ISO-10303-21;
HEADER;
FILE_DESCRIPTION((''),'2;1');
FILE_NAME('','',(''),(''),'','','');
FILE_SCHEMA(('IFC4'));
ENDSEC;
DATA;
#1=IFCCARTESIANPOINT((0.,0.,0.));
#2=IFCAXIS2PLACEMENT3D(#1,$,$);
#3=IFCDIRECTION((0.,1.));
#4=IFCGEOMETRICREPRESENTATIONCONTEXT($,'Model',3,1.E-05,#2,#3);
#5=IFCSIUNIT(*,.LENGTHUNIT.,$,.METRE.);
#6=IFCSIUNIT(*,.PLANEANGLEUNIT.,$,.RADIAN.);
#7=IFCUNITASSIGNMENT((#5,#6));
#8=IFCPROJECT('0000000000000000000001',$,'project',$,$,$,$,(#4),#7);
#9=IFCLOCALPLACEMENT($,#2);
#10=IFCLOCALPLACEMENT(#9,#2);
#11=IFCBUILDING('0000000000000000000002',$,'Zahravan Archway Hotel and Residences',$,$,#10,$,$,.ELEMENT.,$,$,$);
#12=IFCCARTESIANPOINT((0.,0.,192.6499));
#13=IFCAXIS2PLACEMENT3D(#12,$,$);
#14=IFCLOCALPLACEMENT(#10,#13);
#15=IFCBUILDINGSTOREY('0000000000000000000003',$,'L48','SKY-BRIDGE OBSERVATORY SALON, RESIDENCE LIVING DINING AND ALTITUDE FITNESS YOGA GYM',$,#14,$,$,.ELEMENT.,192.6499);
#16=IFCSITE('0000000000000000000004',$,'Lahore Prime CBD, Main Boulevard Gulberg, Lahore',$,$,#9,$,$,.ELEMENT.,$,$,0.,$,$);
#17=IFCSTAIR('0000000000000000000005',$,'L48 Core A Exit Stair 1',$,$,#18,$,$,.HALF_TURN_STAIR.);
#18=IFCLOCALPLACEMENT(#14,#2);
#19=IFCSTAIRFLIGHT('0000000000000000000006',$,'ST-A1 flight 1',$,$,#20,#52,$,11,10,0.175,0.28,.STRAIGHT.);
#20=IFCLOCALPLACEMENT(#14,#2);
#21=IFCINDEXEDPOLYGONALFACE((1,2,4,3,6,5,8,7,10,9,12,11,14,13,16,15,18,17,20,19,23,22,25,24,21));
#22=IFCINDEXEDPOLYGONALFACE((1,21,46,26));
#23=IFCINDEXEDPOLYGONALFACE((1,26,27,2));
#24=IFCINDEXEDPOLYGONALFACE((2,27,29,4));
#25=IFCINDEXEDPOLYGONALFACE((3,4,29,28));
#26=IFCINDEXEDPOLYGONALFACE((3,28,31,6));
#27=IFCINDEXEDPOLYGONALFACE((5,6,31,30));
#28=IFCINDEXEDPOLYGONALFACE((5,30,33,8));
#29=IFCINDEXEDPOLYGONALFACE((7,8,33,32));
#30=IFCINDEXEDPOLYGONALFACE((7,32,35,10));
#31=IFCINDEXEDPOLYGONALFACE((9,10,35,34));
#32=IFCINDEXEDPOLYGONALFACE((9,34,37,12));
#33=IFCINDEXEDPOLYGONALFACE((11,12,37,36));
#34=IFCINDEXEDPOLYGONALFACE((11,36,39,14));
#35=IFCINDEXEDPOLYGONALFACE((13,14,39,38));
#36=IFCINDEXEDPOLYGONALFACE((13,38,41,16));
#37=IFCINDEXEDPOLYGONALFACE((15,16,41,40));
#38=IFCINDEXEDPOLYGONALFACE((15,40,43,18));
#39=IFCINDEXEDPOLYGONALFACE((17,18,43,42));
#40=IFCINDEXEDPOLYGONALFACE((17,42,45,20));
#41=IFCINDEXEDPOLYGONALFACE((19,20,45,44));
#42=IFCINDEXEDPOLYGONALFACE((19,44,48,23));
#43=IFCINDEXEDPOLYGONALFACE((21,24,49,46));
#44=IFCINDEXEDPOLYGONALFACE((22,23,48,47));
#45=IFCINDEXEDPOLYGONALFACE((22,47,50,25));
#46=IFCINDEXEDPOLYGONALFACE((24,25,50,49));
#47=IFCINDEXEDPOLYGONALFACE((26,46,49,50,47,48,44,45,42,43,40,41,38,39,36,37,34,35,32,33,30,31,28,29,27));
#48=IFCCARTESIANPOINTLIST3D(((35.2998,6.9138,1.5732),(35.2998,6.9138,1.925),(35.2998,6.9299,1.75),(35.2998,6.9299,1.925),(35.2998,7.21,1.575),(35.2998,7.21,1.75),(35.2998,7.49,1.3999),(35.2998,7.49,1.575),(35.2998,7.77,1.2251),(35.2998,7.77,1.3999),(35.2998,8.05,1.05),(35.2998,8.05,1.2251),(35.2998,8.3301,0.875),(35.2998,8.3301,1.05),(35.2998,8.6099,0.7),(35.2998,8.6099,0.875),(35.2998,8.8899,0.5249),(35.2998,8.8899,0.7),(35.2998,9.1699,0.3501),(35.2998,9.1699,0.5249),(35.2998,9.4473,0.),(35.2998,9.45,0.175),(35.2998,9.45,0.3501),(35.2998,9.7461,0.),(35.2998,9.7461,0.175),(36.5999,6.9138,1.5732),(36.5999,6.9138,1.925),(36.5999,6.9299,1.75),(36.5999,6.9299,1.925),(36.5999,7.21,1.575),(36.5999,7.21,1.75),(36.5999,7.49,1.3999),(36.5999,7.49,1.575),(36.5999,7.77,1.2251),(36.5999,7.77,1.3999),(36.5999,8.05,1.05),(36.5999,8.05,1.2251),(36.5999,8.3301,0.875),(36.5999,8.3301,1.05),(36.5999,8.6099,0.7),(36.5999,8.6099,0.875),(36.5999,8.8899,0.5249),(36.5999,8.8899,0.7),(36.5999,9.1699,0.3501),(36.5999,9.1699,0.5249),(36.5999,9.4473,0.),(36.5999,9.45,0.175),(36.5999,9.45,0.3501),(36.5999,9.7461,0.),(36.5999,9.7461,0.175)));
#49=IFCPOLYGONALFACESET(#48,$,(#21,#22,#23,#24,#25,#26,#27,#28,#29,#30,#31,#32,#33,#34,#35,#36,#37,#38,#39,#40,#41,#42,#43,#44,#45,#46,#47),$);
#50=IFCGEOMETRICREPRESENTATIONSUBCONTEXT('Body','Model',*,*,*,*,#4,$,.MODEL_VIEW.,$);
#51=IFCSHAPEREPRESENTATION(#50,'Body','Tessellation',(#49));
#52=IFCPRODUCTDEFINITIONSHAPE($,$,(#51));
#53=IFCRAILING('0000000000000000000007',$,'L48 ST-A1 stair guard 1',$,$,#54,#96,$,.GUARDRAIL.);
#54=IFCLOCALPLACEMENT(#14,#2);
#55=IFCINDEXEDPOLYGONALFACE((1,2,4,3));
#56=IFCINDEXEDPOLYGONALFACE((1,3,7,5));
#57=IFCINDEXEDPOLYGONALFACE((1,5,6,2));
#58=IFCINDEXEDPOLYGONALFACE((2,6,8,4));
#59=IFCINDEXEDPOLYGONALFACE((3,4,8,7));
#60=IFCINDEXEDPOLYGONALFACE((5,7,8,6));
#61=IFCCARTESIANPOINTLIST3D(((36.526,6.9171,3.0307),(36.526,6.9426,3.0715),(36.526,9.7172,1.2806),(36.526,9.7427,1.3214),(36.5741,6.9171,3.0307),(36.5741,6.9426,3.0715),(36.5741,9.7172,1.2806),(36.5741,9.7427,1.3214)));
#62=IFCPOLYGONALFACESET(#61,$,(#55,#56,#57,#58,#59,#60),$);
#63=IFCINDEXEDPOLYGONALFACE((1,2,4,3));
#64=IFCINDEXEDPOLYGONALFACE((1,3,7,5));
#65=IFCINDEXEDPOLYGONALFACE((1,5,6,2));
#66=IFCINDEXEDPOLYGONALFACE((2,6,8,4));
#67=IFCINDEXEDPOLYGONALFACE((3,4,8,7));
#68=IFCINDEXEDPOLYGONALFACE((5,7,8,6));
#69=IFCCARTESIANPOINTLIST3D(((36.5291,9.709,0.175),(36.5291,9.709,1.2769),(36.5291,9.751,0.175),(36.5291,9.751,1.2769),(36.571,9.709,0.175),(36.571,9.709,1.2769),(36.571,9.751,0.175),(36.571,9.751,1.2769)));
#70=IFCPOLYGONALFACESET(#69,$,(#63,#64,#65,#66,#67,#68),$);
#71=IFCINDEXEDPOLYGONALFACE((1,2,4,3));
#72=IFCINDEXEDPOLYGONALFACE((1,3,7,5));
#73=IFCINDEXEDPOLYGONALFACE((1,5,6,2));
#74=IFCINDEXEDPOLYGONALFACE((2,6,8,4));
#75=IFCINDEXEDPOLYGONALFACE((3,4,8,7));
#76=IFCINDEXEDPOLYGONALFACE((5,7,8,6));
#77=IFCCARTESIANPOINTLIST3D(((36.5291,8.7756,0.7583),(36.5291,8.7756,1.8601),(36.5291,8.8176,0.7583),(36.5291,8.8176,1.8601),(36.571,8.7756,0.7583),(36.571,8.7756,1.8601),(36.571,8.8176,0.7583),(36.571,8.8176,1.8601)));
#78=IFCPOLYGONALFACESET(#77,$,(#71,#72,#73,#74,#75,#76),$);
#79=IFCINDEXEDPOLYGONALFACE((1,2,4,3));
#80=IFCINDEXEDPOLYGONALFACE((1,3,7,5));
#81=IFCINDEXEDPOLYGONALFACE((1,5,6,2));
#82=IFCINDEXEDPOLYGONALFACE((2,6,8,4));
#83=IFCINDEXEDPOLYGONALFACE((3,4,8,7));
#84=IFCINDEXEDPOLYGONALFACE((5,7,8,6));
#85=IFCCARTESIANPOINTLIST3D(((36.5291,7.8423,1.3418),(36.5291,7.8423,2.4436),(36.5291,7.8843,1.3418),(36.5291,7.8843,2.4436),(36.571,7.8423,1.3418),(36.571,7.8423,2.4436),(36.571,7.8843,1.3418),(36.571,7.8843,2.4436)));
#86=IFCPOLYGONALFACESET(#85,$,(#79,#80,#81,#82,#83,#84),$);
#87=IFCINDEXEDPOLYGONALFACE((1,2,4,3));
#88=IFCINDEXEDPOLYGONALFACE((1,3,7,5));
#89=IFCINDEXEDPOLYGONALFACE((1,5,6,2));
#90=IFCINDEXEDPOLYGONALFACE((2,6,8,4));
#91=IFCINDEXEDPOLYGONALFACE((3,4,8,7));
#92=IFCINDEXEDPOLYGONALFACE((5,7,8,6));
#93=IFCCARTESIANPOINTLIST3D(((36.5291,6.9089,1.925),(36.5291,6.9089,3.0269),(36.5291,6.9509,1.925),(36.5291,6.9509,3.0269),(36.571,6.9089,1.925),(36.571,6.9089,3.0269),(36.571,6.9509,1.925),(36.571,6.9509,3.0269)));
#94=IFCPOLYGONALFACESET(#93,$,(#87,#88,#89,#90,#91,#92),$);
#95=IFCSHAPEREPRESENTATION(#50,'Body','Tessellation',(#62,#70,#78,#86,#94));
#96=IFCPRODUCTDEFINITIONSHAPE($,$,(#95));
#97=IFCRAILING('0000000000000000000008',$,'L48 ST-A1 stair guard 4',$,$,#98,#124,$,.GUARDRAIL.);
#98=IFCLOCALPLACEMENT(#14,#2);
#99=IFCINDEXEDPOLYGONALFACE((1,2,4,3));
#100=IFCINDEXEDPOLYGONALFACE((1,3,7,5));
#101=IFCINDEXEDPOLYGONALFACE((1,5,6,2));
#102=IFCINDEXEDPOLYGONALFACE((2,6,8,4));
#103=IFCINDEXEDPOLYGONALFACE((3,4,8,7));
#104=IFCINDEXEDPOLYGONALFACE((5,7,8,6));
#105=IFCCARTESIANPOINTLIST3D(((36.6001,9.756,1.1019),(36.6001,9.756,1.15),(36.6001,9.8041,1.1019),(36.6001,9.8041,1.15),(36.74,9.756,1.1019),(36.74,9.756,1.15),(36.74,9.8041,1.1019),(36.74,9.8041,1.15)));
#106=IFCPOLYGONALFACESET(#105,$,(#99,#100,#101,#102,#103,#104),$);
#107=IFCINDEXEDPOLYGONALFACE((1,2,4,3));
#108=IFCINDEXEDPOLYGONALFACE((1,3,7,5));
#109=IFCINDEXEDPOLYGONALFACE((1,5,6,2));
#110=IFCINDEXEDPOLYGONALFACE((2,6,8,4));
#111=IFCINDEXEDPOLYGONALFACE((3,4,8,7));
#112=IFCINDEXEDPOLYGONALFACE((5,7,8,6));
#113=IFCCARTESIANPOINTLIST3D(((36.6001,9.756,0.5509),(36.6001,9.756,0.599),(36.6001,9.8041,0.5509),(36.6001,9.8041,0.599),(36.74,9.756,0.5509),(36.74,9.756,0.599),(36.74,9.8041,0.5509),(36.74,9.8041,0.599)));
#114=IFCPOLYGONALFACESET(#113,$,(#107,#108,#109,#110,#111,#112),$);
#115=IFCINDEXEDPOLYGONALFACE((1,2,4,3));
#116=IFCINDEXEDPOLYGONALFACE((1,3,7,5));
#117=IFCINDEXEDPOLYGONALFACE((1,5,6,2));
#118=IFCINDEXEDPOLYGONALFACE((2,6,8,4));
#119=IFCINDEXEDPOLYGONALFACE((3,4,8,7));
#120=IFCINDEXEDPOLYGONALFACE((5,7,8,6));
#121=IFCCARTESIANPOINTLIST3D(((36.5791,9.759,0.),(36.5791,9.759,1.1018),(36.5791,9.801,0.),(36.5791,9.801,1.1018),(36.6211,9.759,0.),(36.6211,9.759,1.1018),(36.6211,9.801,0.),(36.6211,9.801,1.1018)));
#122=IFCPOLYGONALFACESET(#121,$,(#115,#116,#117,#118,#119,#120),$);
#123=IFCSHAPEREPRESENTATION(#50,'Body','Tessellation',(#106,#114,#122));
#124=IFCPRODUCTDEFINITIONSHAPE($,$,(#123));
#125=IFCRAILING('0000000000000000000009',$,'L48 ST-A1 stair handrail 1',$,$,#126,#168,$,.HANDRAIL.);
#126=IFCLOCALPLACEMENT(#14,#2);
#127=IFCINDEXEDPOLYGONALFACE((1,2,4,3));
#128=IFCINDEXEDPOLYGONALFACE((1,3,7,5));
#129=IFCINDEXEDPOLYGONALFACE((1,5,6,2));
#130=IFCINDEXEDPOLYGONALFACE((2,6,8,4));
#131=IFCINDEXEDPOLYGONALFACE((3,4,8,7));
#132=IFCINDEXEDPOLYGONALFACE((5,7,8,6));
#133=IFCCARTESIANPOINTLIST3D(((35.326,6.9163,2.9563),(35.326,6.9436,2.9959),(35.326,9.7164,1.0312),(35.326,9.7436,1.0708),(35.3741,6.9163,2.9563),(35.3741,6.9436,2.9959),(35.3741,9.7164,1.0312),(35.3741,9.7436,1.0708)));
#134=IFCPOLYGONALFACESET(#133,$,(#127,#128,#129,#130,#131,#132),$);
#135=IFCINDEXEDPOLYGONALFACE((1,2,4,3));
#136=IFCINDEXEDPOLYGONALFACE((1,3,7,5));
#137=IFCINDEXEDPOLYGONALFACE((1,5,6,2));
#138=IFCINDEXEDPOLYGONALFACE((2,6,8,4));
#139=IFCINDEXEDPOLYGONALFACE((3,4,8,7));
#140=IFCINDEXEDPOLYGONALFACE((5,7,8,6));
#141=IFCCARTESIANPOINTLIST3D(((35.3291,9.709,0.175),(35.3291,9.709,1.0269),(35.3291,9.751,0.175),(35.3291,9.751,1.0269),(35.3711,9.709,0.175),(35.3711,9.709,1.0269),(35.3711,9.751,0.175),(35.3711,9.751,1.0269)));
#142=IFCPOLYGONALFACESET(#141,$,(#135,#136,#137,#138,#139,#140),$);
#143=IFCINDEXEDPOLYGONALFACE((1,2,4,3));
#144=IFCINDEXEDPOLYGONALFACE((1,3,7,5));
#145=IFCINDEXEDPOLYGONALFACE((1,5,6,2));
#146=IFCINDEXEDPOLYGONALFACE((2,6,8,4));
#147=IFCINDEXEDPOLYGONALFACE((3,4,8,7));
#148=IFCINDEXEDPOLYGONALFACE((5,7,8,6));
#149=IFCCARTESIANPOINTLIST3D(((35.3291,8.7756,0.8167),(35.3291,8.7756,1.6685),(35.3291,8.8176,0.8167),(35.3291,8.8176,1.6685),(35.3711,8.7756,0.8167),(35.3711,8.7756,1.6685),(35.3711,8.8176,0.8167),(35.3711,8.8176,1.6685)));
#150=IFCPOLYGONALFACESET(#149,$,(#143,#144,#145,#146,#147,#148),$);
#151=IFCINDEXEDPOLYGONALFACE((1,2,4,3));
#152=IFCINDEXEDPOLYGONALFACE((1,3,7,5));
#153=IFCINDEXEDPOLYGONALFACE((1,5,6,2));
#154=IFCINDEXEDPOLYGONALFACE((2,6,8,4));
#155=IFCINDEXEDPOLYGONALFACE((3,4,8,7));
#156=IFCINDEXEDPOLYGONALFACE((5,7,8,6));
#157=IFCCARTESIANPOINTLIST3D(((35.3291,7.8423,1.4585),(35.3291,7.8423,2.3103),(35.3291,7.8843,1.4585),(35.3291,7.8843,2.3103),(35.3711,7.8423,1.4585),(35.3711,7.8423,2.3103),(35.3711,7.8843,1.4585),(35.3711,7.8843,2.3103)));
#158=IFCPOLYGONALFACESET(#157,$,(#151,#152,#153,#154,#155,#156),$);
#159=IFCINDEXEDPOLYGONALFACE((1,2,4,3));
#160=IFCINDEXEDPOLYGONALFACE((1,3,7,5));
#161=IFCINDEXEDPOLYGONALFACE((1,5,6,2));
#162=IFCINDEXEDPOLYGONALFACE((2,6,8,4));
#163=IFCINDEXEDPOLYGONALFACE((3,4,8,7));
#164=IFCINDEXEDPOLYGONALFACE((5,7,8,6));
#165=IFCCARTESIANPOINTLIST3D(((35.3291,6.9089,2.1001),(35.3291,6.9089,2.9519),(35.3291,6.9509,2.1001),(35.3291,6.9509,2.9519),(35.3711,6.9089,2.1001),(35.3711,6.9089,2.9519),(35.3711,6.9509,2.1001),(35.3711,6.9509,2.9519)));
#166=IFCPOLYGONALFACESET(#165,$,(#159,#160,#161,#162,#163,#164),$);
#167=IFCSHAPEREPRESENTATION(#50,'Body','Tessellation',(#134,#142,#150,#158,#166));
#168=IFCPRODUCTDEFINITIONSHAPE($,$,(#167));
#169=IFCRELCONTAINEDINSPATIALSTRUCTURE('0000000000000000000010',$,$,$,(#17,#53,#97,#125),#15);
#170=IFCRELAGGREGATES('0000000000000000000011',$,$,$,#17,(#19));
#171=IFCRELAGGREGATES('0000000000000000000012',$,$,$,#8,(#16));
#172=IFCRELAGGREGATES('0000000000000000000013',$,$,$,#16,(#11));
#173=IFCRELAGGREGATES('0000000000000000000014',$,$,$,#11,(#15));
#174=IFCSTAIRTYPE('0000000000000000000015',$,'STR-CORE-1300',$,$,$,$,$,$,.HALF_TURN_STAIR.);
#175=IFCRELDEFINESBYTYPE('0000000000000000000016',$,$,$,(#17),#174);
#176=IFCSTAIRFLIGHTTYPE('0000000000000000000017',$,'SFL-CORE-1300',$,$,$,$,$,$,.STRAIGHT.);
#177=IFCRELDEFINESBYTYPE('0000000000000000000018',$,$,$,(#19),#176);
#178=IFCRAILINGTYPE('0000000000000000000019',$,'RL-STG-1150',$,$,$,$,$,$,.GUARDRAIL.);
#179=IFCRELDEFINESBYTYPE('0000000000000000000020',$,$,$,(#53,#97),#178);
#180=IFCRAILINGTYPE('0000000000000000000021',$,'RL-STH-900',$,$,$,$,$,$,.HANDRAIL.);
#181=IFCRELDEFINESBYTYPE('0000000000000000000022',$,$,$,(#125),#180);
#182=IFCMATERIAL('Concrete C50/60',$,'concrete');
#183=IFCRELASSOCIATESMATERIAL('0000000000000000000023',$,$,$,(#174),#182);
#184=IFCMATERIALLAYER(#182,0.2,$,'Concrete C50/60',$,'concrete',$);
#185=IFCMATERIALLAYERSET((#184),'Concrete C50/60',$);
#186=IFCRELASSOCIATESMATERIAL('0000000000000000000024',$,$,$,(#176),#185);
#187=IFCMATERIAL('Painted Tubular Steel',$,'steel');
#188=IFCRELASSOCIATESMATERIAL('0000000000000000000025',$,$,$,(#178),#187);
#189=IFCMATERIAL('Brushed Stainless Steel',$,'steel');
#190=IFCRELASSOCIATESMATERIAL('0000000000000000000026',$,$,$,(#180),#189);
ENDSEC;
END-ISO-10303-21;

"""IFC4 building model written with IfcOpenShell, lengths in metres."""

from ifc_helpers import new_model, si_unit, direction, frame, origin, origin_2d, place, context, subcontext, project, spatial, polyline, rectangle, outline, extrude, source, transform, mapped, material, layer, layer_set, type_object, element, aggregate, save


model = new_model("IFC4")

# Units and contexts
model_context = context("Model", 3, precision=1e-05, world=origin(), true_north=direction((0.0, 1.0)))
body_context = subcontext(model_context, "Body", "Model", "MODEL_VIEW")
ifc_project = project(units=[si_unit("LENGTHUNIT", "METRE"), si_unit("PLANEANGLEUNIT", "RADIAN")], contexts=[model_context])

# Site, building, storey
site_placement = place(None, origin())
site = spatial("IfcSite", under=ifc_project, at=site_placement, Name="Lahore Prime CBD, Main Boulevard Gulberg, Lahore", CompositionType="ELEMENT", RefElevation=0.0)
building_placement = place(site_placement, origin())
building = spatial("IfcBuilding", under=site, at=building_placement, Name="Zahravan Archway Hotel and Residences", CompositionType="ELEMENT")
storey_placement = place(building_placement, frame((0.0, 0.0, 192.6499)))
storey = spatial("IfcBuildingStorey", under=building, at=storey_placement, Name="L48", Description="SKY-BRIDGE OBSERVATORY SALON, RESIDENCE LIVING DINING AND ALTITUDE FITNESS YOGA GYM", CompositionType="ELEMENT", Elevation=192.6499)

# Shared definitions
ifc_material_1 = material(Name="Concrete C50/60", Category="concrete")

# Stair, stair flight
stair_type = type_object("IfcStairType", Name="STR-CORE-1300", PredefinedType="HALF_TURN_STAIR", material=ifc_material_1)
stair_placement = place(storey_placement, origin())
stair = element("IfcStair", 1, at=stair_placement, inside=storey, type_object=stair_type, Name="L48 Core A Exit Stair 1", PredefinedType="HALF_TURN_STAIR")
ifc_layer_1 = layer(ifc_material_1, 0.2, Name="Concrete C50/60", Category="concrete")
ifc_layer_set_1 = layer_set([ifc_layer_1], Name="Concrete C50/60")
stair_flight_type = type_object("IfcStairFlightType", Name="SFL-CORE-1300", PredefinedType="STRAIGHT", material=ifc_layer_set_1)
shared_shape_1 = source(origin(), body_context, "Body", "SweptSolid", [
    extrude(outline(polyline([(-0.0161, 0.0), (-0.0161, 0.175), (0.28, 0.175), (0.28, 0.3501), (0.5601, 0.3501), (0.5601, 0.5249), (0.8401, 0.5249), (0.8401, 0.7), (1.1201, 0.7), (1.1201, 0.875), (1.3999, 0.875), (1.3999, 1.05), (1.6799, 1.05), (1.6799, 1.2251), (1.96, 1.2251), (1.96, 1.3999), (2.24, 1.3999), (2.24, 1.575), (2.52, 1.575), (2.52, 1.75), (2.8, 1.75), (2.8, 1.925), (2.8162, 1.925), (2.8162, 1.5732), (0.2827, 0.0), (-0.0161, 0.0)])), frame((0.0, 0.6499, 0.0), z_axis=(0.0, -1.0, 0.0), x_axis=(1.0, 0.0, 0.0)), (0.0, 0.0, 1.0), 1.3),
])
stair_flight_placement = place(storey_placement, frame((35.95, 9.73, 0.0), z_axis=(0.0, 0.0, 1.0), x_axis=(0.0, -1.0, 0.0)))
stair_flight = element("IfcStairFlight", 2, at=stair_flight_placement, type_object=stair_flight_type, Name="ST-A1 flight 1", NumberOfRisers=11, NumberOfTreads=10, PredefinedType="STRAIGHT", RiserHeight=0.175, TreadLength=0.28, context=body_context, shape_type="MappedRepresentation", body=[
    mapped(shared_shape_1, transform((0.0, 0.0, 0.0), scale=1.0)),
])
aggregate(stair, [stair_flight])

# Railings
ifc_material_2 = material(Name="Painted Tubular Steel", Category="steel")
railing_type_1 = type_object("IfcRailingType", Name="RL-STG-1150", PredefinedType="GUARDRAIL", material=ifc_material_2)
railing_1_placement = place(storey_placement, frame((36.55, 9.73, 0.175)))
element("IfcRailing", 3, at=railing_1_placement, inside=storey, type_object=railing_type_1, Name="L48 ST-A1 stair guard 1", PredefinedType="GUARDRAIL", context=body_context, shape_type="SweptSolid", body=[
    extrude(rectangle(XDim=0.0481, YDim=0.0481, at=origin_2d()), frame((0.0, 0.0, 1.126), z_axis=(0.0, -0.848002, 0.529992), x_axis=(1.0, 0.0, 0.0)), (0.0, 0.0, 1.0), 3.302),
    extrude(rectangle(XDim=0.042, YDim=0.042, at=origin_2d()), origin(), (0.0, 0.0, 1.0), 1.1018),
    extrude(rectangle(XDim=0.042, YDim=0.042, at=origin_2d()), frame((0.0, -0.9333, 0.5833)), (0.0, 0.0, 1.0), 1.1018),
    extrude(rectangle(XDim=0.042, YDim=0.042, at=origin_2d()), frame((0.0, -1.8667, 1.1667)), (0.0, 0.0, 1.0), 1.1018),
    extrude(rectangle(XDim=0.042, YDim=0.042, at=origin_2d()), frame((0.0, -2.8, 1.75)), (0.0, 0.0, 1.0), 1.1018),
])
railing_2_placement = place(storey_placement, frame((36.6001, 9.78, 0.0)))
element("IfcRailing", 4, at=railing_2_placement, inside=storey, type_object=railing_type_1, Name="L48 ST-A1 stair guard 4", PredefinedType="GUARDRAIL", context=body_context, shape_type="SweptSolid", body=[
    extrude(rectangle(XDim=0.0481, YDim=0.0481, at=origin_2d()), frame((0.0, 0.0, 1.126), z_axis=(1.0, 0.0, 0.0), x_axis=(0.0, 1.0, 0.0)), (0.0, 0.0, 1.0), 0.1399),
    extrude(rectangle(XDim=0.0481, YDim=0.0481, at=origin_2d()), frame((0.0, 0.0, 0.575), z_axis=(1.0, 0.0, 0.0), x_axis=(0.0, 1.0, 0.0)), (0.0, 0.0, 1.0), 0.1399),
    extrude(rectangle(XDim=0.042, YDim=0.042, at=origin_2d()), origin(), (0.0, 0.0, 1.0), 1.1018),
])
ifc_material_3 = material(Name="Brushed Stainless Steel", Category="steel")
railing_type_2 = type_object("IfcRailingType", Name="RL-STH-900", PredefinedType="HANDRAIL", material=ifc_material_3)
railing_3_placement = place(storey_placement, frame((35.3501, 9.73, 0.175)))
element("IfcRailing", 5, at=railing_3_placement, inside=storey, type_object=railing_type_2, Name="L48 ST-A1 stair handrail 1", PredefinedType="HANDRAIL", context=body_context, shape_type="SweptSolid", body=[
    extrude(rectangle(XDim=0.0481, YDim=0.0481, at=origin_2d()), frame((0.0, 0.0, 0.876), z_axis=(0.0, -0.82404, 0.566532), x_axis=(1.0, 0.0, 0.0)), (0.0, 0.0, 1.0), 3.3979),
    extrude(rectangle(XDim=0.042, YDim=0.042, at=origin_2d()), origin(), (0.0, 0.0, 1.0), 0.8518),
    extrude(rectangle(XDim=0.042, YDim=0.042, at=origin_2d()), frame((0.0, -0.9333, 0.6416)), (0.0, 0.0, 1.0), 0.8518),
    extrude(rectangle(XDim=0.042, YDim=0.042, at=origin_2d()), frame((0.0, -1.8667, 1.2834)), (0.0, 0.0, 1.0), 0.8518),
    extrude(rectangle(XDim=0.042, YDim=0.042, at=origin_2d()), frame((0.0, -2.8, 1.925)), (0.0, 0.0, 1.0), 0.8518),
])

save(model, "model.ifc")
